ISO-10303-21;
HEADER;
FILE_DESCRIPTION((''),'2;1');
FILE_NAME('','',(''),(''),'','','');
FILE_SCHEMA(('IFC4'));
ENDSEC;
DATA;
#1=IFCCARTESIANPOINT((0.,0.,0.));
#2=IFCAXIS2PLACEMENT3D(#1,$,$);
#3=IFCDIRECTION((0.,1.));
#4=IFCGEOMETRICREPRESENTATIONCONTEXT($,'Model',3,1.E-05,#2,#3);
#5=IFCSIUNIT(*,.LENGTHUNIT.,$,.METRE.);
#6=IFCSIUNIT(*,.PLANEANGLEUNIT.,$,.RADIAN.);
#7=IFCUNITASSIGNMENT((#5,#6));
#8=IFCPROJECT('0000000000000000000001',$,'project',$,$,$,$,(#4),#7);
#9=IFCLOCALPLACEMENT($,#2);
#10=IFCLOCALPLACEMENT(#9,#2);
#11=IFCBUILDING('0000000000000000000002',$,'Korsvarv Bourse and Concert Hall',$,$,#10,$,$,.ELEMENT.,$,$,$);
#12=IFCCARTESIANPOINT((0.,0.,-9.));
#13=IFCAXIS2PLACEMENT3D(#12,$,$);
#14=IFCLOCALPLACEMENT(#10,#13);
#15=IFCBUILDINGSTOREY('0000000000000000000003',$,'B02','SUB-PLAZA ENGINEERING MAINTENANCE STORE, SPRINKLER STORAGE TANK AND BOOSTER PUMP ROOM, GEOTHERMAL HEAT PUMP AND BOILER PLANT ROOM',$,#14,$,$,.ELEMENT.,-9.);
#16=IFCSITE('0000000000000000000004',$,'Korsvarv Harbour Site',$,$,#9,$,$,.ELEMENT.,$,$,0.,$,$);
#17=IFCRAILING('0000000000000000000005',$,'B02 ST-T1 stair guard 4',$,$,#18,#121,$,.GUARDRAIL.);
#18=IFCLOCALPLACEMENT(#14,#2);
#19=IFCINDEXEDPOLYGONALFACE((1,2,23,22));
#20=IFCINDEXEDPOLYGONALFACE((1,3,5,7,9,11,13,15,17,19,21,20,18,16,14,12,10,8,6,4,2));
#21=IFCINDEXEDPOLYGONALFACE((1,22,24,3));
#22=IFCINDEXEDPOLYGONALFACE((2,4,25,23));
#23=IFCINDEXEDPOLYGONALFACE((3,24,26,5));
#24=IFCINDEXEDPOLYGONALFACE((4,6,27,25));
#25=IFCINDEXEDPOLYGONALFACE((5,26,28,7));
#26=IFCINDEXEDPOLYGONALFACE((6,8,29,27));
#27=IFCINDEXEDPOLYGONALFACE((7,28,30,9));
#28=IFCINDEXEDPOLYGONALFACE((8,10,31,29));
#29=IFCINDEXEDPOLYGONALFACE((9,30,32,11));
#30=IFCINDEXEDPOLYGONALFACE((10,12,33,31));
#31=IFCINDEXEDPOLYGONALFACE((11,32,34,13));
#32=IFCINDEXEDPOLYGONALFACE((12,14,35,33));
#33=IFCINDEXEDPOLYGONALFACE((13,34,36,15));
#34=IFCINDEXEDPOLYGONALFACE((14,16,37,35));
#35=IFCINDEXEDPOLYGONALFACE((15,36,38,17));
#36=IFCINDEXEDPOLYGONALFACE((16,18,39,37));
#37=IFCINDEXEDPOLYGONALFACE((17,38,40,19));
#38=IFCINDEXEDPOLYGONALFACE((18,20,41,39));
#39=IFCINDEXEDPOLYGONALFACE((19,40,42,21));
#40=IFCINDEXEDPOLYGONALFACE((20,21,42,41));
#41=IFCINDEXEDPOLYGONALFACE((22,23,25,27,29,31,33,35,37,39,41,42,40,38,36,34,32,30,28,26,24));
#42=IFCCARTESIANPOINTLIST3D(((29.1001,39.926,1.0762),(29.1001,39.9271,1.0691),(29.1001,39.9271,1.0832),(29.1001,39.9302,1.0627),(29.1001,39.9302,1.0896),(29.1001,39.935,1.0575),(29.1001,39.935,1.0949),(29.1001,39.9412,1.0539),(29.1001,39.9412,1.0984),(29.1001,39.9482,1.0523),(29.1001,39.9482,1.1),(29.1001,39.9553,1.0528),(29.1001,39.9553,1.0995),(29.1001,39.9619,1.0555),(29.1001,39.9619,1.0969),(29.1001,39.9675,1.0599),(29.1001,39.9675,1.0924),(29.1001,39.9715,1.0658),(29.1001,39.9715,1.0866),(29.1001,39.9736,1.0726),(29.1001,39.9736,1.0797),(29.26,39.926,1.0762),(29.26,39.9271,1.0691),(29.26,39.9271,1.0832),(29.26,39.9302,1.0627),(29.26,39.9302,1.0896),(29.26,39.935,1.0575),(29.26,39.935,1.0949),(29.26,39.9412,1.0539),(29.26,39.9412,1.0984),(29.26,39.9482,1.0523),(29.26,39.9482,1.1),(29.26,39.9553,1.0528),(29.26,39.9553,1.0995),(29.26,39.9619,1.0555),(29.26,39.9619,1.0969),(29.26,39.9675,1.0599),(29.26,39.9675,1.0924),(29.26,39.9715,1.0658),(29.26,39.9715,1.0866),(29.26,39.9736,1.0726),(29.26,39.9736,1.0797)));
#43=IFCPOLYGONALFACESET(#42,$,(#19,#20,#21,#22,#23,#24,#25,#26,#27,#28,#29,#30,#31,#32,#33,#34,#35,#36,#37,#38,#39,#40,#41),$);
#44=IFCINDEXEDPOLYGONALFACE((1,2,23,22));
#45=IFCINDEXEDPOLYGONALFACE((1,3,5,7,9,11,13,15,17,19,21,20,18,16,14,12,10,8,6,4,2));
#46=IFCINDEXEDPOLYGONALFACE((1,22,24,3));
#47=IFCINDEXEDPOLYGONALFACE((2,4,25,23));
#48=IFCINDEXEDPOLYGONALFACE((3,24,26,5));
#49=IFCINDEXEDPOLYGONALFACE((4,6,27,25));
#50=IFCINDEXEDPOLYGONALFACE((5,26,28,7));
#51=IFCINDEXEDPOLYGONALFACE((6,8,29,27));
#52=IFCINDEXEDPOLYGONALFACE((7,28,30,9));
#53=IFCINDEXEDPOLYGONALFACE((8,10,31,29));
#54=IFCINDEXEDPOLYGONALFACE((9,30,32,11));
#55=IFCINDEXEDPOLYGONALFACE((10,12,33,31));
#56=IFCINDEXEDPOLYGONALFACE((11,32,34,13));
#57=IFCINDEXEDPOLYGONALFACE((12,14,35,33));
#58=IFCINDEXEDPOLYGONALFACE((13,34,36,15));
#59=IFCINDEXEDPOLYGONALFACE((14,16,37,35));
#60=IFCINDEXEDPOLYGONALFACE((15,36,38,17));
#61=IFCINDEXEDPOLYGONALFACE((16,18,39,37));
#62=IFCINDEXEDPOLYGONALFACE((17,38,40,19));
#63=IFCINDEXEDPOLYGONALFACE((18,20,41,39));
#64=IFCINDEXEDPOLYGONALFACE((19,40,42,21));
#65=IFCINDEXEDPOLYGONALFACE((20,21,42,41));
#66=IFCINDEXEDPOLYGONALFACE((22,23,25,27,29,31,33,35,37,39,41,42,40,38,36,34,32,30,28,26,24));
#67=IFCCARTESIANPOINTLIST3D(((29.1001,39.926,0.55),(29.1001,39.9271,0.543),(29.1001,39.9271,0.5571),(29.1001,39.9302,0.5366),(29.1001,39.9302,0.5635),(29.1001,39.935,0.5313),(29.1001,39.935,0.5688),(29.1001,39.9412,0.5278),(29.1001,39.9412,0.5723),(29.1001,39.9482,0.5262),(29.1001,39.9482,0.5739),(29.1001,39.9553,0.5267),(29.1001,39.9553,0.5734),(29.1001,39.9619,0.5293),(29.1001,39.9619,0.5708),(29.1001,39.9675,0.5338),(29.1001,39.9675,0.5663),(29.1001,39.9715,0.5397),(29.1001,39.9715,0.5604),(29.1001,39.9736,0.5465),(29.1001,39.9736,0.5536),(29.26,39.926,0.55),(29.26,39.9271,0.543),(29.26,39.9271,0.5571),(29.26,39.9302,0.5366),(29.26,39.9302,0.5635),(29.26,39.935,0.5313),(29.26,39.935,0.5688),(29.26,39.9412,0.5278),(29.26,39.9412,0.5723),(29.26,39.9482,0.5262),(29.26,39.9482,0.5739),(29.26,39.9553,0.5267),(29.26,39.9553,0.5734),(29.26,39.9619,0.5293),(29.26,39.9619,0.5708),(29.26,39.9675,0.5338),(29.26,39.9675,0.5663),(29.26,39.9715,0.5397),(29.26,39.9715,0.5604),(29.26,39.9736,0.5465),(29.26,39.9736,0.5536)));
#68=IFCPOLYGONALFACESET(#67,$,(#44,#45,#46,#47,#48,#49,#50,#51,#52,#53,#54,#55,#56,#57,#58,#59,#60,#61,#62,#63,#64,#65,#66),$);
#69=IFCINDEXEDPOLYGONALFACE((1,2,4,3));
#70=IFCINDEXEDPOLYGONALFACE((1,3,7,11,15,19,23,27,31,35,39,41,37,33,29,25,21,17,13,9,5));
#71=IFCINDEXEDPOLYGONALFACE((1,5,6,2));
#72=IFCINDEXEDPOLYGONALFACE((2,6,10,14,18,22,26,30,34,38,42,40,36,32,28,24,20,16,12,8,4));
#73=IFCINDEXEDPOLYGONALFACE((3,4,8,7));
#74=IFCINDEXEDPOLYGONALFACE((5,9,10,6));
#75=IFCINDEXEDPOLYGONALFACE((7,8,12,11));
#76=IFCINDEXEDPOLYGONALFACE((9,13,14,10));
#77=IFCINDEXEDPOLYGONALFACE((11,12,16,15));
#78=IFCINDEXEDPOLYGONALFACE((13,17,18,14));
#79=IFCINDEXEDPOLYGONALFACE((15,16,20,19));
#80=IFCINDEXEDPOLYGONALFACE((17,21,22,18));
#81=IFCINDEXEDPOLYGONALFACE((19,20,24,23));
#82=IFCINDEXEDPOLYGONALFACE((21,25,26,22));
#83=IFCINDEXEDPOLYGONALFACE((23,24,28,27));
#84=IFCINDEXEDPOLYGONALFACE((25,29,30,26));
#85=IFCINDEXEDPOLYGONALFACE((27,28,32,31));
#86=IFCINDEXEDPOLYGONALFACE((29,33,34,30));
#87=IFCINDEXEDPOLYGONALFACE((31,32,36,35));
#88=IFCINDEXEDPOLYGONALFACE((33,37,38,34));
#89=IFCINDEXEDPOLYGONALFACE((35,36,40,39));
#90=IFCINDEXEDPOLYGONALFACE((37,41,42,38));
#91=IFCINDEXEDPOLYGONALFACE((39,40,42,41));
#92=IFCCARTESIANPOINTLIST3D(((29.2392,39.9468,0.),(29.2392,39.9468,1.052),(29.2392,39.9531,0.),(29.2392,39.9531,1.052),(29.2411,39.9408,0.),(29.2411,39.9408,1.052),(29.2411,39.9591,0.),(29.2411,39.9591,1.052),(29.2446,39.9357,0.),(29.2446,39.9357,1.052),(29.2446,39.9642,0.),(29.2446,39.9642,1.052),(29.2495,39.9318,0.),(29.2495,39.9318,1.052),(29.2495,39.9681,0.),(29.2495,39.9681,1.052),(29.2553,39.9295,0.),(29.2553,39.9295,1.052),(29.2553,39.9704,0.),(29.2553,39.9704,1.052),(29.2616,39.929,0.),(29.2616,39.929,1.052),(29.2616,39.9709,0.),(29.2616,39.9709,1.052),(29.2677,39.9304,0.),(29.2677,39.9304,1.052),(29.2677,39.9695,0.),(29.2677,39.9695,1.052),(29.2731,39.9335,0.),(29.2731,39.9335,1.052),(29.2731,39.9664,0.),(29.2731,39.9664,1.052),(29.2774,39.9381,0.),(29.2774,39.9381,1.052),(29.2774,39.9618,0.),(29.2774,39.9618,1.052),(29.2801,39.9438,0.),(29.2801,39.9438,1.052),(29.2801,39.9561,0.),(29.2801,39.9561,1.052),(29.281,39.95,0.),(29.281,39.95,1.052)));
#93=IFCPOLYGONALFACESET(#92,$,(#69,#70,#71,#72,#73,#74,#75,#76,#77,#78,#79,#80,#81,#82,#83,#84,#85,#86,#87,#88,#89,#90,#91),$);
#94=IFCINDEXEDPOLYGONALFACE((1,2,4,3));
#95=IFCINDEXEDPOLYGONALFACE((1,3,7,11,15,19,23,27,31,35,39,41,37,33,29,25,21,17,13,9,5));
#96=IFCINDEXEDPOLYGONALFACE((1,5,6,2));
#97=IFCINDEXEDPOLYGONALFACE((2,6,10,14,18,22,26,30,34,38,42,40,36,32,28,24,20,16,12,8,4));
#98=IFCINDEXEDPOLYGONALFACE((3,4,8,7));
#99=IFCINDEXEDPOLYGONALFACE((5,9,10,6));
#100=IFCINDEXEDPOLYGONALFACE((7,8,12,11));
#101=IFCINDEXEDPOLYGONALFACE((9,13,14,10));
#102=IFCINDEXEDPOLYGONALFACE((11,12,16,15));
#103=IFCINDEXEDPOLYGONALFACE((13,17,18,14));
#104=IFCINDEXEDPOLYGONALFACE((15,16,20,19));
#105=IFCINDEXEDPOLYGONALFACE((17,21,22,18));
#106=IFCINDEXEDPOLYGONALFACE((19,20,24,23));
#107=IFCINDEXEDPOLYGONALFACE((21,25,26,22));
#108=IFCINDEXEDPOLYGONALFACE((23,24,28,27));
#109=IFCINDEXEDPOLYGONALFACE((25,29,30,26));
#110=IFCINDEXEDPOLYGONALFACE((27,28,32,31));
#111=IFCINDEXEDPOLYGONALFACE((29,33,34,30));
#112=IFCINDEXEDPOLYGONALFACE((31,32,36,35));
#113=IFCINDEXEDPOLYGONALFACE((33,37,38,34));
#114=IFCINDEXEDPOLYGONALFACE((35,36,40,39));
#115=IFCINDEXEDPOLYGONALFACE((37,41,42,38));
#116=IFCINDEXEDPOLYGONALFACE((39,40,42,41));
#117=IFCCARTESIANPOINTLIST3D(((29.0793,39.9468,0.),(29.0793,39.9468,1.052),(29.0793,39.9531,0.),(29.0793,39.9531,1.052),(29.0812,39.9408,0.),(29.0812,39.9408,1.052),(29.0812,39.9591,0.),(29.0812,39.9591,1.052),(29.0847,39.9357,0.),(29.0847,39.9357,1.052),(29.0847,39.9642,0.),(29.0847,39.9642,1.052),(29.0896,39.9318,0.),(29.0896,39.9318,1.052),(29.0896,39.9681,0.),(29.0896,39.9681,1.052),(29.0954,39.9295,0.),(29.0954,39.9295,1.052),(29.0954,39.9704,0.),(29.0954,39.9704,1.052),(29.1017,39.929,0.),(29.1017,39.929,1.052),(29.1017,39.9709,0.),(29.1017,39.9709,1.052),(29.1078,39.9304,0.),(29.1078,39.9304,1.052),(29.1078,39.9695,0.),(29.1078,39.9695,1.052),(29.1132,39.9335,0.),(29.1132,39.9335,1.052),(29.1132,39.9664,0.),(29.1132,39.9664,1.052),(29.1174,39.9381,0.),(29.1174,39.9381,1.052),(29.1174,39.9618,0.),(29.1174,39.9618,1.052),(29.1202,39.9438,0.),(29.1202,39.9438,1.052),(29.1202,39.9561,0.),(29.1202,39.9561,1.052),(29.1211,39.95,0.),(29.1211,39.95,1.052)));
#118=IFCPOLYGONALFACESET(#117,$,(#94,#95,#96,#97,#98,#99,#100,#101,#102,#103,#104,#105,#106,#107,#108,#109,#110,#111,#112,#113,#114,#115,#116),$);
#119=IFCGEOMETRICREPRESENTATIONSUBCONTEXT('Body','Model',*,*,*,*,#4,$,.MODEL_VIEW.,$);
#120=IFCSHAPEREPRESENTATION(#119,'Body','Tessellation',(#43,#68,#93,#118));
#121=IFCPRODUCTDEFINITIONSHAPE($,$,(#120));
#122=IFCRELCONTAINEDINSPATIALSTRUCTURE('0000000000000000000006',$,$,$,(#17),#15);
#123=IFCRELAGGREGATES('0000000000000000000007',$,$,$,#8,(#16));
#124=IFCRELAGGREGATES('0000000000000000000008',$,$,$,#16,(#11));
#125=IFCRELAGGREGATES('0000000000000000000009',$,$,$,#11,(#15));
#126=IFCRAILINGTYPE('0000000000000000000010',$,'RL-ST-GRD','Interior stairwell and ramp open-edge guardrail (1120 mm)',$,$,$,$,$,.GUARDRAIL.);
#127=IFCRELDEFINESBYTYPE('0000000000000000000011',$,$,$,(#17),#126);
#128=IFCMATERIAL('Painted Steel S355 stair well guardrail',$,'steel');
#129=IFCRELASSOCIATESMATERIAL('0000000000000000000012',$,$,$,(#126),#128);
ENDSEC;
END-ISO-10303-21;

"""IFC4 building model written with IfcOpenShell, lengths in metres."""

from ifc_helpers import new_model, si_unit, direction, frame, origin, origin_2d, place, context, subcontext, project, spatial, circle, extrude, material, type_object, element, save


model = new_model("IFC4")

# Units and contexts
model_context = context("Model", 3, precision=1e-05, world=origin(), true_north=direction((0.0, 1.0)))
body_context = subcontext(model_context, "Body", "Model", "MODEL_VIEW")
ifc_project = project(units=[si_unit("LENGTHUNIT", "METRE"), si_unit("PLANEANGLEUNIT", "RADIAN")], contexts=[model_context])

# Site, building, storey
site_placement = place(None, origin())
site = spatial("IfcSite", under=ifc_project, at=site_placement, Name="Korsvarv Harbour Site", CompositionType="ELEMENT", RefElevation=0.0)
building_placement = place(site_placement, origin())
building = spatial("IfcBuilding", under=site, at=building_placement, Name="Korsvarv Bourse and Concert Hall", CompositionType="ELEMENT")
storey_placement = place(building_placement, frame((0.0, 0.0, -9.0)))
storey = spatial("IfcBuildingStorey", under=building, at=storey_placement, Name="B02", Description="SUB-PLAZA ENGINEERING MAINTENANCE STORE, SPRINKLER STORAGE TANK AND BOOSTER PUMP ROOM, GEOTHERMAL HEAT PUMP AND BOILER PLANT ROOM", CompositionType="ELEMENT", Elevation=-9.0)

# Railing
ifc_material_1 = material(Name="Painted Steel S355 stair well guardrail", Category="steel")
railing_type_1 = type_object("IfcRailingType", Name="RL-ST-GRD", Description="Interior stairwell and ramp open-edge guardrail (1120 mm)", PredefinedType="GUARDRAIL", material=ifc_material_1)
railing_1_placement = place(storey_placement, frame((29.26, 39.95, 0.0)))
element("IfcRailing", 1, at=railing_1_placement, inside=storey, type_object=railing_type_1, Name="B02 ST-T1 stair guard 4", PredefinedType="GUARDRAIL", context=body_context, shape_type="SweptSolid", body=[
    extrude(circle(Radius=0.0239, at=origin_2d()), frame((0.0, 0.0, 1.0762), z_axis=(-1.0, 0.0, 0.0), x_axis=(0.0, -1.0, 0.0)), (0.0, 0.0, 1.0), 0.1599),
    extrude(circle(Radius=0.0239, at=origin_2d()), frame((0.0, 0.0, 0.55), z_axis=(-1.0, 0.0, 0.0), x_axis=(0.0, -1.0, 0.0)), (0.0, 0.0, 1.0), 0.1599),
    extrude(circle(Radius=0.021, at=origin_2d()), origin(), (0.0, 0.0, 1.0), 1.052),
    extrude(circle(Radius=0.021, at=origin_2d()), frame((-0.1599, 0.0, 0.0)), (0.0, 0.0, 1.0), 1.052),
])

save(model, "model.ifc")
